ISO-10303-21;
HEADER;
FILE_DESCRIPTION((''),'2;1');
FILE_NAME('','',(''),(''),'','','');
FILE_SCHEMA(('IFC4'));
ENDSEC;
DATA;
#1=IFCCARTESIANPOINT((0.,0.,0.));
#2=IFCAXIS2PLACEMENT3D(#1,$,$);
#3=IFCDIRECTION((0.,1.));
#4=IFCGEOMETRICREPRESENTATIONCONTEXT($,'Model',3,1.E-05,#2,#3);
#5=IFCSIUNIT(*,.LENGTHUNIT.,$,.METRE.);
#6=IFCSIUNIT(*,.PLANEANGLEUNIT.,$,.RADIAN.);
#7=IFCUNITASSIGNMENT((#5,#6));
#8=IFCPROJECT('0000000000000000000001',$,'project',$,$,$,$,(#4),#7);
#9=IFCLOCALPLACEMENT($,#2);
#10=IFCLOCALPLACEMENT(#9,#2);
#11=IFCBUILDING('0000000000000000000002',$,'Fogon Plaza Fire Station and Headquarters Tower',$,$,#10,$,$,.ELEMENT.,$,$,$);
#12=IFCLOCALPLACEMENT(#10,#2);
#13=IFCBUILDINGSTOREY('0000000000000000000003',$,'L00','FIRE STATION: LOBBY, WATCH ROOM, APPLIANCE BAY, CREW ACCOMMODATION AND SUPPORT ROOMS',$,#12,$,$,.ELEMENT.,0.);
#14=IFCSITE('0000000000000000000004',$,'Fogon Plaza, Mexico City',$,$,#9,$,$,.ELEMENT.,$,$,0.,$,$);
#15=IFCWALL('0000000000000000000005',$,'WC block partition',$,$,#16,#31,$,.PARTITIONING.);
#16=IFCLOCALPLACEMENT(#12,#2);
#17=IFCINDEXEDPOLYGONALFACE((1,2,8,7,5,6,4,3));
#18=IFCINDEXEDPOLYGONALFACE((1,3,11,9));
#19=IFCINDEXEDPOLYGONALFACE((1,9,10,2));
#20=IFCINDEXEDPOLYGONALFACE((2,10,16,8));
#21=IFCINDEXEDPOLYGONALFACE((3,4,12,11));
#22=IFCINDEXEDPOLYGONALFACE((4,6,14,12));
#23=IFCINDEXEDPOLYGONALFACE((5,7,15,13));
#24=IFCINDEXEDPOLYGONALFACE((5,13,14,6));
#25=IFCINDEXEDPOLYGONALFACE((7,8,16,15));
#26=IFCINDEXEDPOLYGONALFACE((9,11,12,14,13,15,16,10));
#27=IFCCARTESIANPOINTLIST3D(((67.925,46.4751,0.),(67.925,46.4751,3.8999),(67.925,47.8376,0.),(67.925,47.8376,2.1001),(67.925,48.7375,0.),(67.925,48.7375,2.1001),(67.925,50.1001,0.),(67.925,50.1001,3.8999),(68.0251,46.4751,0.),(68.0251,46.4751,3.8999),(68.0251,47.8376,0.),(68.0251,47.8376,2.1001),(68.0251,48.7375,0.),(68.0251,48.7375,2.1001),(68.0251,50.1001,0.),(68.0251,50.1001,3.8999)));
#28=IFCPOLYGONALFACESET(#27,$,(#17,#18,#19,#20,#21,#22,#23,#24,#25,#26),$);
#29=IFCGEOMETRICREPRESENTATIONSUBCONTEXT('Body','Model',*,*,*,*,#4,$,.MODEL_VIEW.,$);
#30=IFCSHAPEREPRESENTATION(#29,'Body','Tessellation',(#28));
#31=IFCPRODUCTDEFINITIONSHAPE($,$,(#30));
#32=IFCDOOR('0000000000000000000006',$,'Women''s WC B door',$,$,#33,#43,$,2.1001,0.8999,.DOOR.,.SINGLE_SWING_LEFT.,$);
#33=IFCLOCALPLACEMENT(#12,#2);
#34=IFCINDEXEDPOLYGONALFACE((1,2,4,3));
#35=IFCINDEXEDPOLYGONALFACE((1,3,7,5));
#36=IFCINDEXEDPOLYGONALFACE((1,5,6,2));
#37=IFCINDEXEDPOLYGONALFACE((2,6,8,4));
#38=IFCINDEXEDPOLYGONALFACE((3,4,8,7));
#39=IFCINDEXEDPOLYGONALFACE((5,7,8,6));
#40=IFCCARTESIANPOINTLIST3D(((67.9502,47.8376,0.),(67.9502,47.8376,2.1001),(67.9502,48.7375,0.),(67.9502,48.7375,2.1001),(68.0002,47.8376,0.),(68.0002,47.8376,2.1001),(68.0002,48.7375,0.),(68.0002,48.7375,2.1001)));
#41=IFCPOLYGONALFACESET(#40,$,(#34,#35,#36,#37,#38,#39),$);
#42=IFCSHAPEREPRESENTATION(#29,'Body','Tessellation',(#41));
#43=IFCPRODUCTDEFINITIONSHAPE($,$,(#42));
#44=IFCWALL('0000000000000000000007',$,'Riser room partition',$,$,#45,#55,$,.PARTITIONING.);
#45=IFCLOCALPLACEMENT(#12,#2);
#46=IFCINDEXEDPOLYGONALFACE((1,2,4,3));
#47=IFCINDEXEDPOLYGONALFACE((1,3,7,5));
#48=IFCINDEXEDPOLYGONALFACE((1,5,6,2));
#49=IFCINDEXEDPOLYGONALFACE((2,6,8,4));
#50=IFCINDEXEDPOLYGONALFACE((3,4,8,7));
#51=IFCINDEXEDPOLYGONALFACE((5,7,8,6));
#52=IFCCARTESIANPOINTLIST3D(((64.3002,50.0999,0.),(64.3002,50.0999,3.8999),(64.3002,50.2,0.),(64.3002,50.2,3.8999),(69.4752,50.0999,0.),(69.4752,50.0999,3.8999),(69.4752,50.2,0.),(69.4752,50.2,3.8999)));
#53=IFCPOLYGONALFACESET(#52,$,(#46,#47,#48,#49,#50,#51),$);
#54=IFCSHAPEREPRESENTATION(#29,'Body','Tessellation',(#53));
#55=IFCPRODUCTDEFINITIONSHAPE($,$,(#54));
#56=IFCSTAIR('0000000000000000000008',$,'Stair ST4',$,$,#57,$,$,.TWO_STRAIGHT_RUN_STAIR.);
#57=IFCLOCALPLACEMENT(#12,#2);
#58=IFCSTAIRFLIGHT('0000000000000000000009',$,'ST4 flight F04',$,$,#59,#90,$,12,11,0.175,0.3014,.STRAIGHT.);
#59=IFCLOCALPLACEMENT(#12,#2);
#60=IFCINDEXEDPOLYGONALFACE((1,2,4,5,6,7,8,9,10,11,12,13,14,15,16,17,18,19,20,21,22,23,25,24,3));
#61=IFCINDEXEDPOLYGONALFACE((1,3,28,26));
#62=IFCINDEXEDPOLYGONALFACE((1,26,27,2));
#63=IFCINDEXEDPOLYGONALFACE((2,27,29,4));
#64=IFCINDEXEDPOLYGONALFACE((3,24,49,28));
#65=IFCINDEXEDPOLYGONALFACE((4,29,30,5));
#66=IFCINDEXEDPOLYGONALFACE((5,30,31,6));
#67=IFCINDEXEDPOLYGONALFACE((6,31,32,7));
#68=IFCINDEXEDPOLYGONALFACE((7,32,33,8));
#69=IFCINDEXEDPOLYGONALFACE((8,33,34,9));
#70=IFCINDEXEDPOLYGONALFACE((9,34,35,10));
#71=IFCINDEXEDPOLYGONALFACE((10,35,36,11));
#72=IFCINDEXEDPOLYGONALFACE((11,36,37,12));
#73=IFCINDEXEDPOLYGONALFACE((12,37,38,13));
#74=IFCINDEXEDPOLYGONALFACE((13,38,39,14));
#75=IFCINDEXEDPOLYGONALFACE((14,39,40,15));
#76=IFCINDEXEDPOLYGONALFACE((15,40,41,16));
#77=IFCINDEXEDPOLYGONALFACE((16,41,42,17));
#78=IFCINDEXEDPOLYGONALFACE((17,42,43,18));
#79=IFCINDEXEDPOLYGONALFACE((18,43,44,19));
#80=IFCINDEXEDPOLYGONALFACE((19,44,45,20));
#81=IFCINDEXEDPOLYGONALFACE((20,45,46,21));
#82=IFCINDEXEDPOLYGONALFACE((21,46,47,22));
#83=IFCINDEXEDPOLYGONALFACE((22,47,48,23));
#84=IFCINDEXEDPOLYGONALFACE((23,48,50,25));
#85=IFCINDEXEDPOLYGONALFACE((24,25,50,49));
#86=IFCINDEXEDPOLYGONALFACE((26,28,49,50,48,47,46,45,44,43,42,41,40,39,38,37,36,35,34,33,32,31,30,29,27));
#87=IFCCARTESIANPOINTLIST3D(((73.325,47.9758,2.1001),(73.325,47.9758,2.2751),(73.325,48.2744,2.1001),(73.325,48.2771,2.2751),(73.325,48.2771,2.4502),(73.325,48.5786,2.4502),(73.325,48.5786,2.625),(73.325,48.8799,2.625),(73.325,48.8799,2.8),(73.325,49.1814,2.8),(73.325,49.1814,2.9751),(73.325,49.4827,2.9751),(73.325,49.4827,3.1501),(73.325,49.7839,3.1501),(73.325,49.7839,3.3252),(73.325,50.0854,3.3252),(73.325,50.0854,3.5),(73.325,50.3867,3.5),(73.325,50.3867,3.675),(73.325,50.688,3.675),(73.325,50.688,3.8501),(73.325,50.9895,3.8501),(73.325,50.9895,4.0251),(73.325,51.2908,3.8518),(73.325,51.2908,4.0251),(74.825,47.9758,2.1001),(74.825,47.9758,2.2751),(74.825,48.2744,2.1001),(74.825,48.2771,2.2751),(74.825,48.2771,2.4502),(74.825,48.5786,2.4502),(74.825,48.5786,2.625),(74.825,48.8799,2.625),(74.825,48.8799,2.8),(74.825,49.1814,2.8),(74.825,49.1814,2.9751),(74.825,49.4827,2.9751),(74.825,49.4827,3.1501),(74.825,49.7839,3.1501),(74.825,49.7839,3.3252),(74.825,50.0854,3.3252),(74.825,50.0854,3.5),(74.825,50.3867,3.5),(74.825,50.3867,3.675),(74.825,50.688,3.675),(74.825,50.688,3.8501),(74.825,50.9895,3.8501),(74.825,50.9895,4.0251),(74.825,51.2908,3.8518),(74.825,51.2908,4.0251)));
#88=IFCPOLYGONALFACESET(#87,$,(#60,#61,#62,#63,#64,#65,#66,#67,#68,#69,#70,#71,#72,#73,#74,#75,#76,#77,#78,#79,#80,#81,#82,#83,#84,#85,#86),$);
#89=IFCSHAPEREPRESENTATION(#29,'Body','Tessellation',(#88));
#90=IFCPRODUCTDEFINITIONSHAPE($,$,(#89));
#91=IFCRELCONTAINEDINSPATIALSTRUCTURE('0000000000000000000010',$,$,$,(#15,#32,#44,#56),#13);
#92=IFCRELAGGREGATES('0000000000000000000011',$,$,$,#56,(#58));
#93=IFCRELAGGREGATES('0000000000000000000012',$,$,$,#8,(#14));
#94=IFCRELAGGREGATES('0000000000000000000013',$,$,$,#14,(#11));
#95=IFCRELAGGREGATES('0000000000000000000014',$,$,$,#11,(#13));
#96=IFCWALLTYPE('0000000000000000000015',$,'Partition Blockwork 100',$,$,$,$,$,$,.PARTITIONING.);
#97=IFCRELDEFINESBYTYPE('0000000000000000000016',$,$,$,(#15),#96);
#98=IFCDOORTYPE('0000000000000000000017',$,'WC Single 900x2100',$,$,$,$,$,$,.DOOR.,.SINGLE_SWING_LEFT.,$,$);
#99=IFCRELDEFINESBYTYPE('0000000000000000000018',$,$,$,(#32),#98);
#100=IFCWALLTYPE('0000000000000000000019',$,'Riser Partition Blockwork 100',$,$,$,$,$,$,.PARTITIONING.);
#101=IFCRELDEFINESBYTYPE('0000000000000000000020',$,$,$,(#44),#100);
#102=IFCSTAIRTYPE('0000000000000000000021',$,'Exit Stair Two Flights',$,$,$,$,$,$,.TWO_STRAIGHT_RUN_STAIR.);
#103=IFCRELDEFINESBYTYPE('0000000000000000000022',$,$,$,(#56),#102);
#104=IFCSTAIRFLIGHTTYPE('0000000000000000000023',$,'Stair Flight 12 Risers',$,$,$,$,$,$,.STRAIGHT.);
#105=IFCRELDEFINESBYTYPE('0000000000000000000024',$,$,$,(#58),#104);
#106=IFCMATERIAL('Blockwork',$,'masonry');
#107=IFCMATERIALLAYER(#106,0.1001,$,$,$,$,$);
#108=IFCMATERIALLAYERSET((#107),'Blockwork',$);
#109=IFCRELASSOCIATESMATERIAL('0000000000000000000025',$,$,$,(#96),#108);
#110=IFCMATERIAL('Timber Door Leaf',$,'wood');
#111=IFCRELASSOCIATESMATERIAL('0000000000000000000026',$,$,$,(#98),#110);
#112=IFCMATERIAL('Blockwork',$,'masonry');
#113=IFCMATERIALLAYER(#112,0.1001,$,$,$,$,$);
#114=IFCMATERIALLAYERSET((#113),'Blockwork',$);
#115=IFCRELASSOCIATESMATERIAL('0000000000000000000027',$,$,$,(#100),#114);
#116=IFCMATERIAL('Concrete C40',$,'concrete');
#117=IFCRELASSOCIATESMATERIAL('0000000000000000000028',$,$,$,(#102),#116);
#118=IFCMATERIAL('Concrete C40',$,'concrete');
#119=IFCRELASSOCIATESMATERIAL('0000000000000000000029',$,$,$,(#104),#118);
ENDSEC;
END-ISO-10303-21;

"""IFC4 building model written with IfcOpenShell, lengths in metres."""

from ifc_helpers import new_model, si_unit, direction, frame, frame_2d, origin, place, context, subcontext, project, spatial, polyline, rectangle, outline, extrude, material, layer, layer_set, type_object, element, fill, aggregate, save


model = new_model("IFC4")

# Units and contexts
model_context = context("Model", 3, precision=1e-05, world=origin(), true_north=direction((0.0, 1.0)))
body_context = subcontext(model_context, "Body", "Model", "MODEL_VIEW")
ifc_project = project(units=[si_unit("LENGTHUNIT", "METRE"), si_unit("PLANEANGLEUNIT", "RADIAN")], contexts=[model_context])

# Site, building, storey
site_placement = place(None, origin())
site = spatial("IfcSite", under=ifc_project, at=site_placement, Name="Fogon Plaza, Mexico City", CompositionType="ELEMENT", RefElevation=0.0)
building_placement = place(site_placement, origin())
building = spatial("IfcBuilding", under=site, at=building_placement, Name="Fogon Plaza Fire Station and Headquarters Tower", CompositionType="ELEMENT")
storey_placement = place(building_placement, origin())
storey = spatial("IfcBuildingStorey", under=building, at=storey_placement, Name="L00", Description="FIRE STATION: LOBBY, WATCH ROOM, APPLIANCE BAY, CREW ACCOMMODATION AND SUPPORT ROOMS", CompositionType="ELEMENT", Elevation=0.0)

# Wall, opening, door
ifc_material_1 = material(Name="Blockwork", Category="masonry")
ifc_layer_1 = layer(ifc_material_1, 0.1001)
ifc_layer_set_1 = layer_set([ifc_layer_1], Name="Blockwork")
wall_type_1 = type_object("IfcWallType", Name="Partition Blockwork 100", PredefinedType="PARTITIONING", material=ifc_layer_set_1)
wall_1_placement = place(storey_placement, frame((67.9751, 46.4751, 0.0), z_axis=(0.0, 0.0, 1.0), x_axis=(0.0, 1.0, 0.0)))
wall_1 = element("IfcWall", 1, at=wall_1_placement, inside=storey, type_object=wall_type_1, Name="WC block partition", PredefinedType="PARTITIONING", context=body_context, shape_type="SweptSolid", body=[
    extrude(rectangle(XDim=3.625, YDim=0.1001, at=frame_2d((1.8125, 0.0))), origin(), (0.0, 0.0, 1.0), 3.8999),
])
opening_1_placement = place(wall_1_placement, frame((1.3625, 0.0, 0.0)))
opening_1 = element("IfcOpeningElement", 2, at=opening_1_placement, cuts=wall_1, PredefinedType="OPENING", context=body_context, shape_type="SweptSolid", body=[
    extrude(rectangle(XDim=0.8999, YDim=2.1001, at=frame_2d((0.45, 1.05))), frame((0.0, 0.0601, 0.0), z_axis=(0.0, -1.0, 0.0), x_axis=(1.0, 0.0, 0.0)), (0.0, 0.0, 1.0), 0.1201),
])
ifc_material_2 = material(Name="Timber Door Leaf", Category="wood")
door_type_1 = type_object("IfcDoorType", Name="WC Single 900x2100", OperationType="SINGLE_SWING_LEFT", PredefinedType="DOOR", material=ifc_material_2)
door_1_placement = place(opening_1_placement, origin())
door_1 = element("IfcDoor", 3, at=door_1_placement, inside=storey, type_object=door_type_1, Name="Women's WC B door", OperationType="SINGLE_SWING_LEFT", OverallHeight=2.1001, OverallWidth=0.8999, PredefinedType="DOOR", context=body_context, shape_type="SweptSolid", body=[
    extrude(rectangle(XDim=0.8999, YDim=2.1001, at=frame_2d((0.45, 1.05))), frame((0.0, 0.0249, 0.0), z_axis=(0.0, -1.0, 0.0), x_axis=(1.0, 0.0, 0.0)), (0.0, 0.0, 1.0), 0.05),
])
fill(opening_1, door_1)

# Wall
ifc_material_3 = material(Name="Blockwork", Category="masonry")
ifc_layer_2 = layer(ifc_material_3, 0.1001)
ifc_layer_set_2 = layer_set([ifc_layer_2], Name="Blockwork")
wall_type_2 = type_object("IfcWallType", Name="Riser Partition Blockwork 100", PredefinedType="PARTITIONING", material=ifc_layer_set_2)
wall_2_placement = place(storey_placement, frame((69.4751, 50.1499, 0.0), z_axis=(0.0, 0.0, 1.0), x_axis=(-1.0, 0.0, 0.0)))
element("IfcWall", 4, at=wall_2_placement, inside=storey, type_object=wall_type_2, Name="Riser room partition", PredefinedType="PARTITIONING", context=body_context, shape_type="SweptSolid", body=[
    extrude(rectangle(XDim=5.175, YDim=0.1001, at=frame_2d((2.5874, 0.0))), origin(), (0.0, 0.0, 1.0), 3.8999),
])

# Stair, stair flight
ifc_material_4 = material(Name="Concrete C40", Category="concrete")
stair_type = type_object("IfcStairType", Name="Exit Stair Two Flights", PredefinedType="TWO_STRAIGHT_RUN_STAIR", material=ifc_material_4)
stair_placement = place(storey_placement, origin())
stair = element("IfcStair", 5, at=stair_placement, inside=storey, type_object=stair_type, Name="Stair ST4", PredefinedType="TWO_STRAIGHT_RUN_STAIR")
ifc_material_5 = material(Name="Concrete C40", Category="concrete")
stair_flight_type = type_object("IfcStairFlightType", Name="Stair Flight 12 Risers", PredefinedType="STRAIGHT", material=ifc_material_5)
stair_flight_placement = place(storey_placement, frame((74.075, 47.9758, 2.1001), z_axis=(0.0, 0.0, 1.0), x_axis=(0.0, 1.0, 0.0)))
stair_flight = element("IfcStairFlight", 6, at=stair_flight_placement, type_object=stair_flight_type, Name="ST4 flight F04", NumberOfRisers=12, NumberOfTreads=11, PredefinedType="STRAIGHT", RiserHeight=0.175, TreadLength=0.3014, context=body_context, shape_type="SweptSolid", body=[
    extrude(outline(polyline([(0.0, 0.0), (0.0, 0.175), (0.3013, 0.175), (0.3013, 0.3501), (0.6028, 0.3501), (0.6028, 0.5249), (0.9041, 0.5249), (0.9041, 0.7), (1.2056, 0.7), (1.2056, 0.875), (1.5068, 0.875), (1.5068, 1.05), (1.8081, 1.05), (1.8081, 1.2251), (2.1096, 1.2251), (2.1096, 1.3999), (2.4109, 1.3999), (2.4109, 1.575), (2.7122, 1.575), (2.7122, 1.75), (3.0137, 1.75), (3.0137, 1.925), (3.3149, 1.925), (3.3149, 2.1001), (3.3149, 1.7517), (0.2986, 0.0), (0.0, 0.0)])), frame((0.0, 0.75, 0.0), z_axis=(0.0, -1.0, 0.0), x_axis=(1.0, 0.0, 0.0)), (0.0, 0.0, 1.0), 1.5),
])
aggregate(stair, [stair_flight])

save(model, "model.ifc")
